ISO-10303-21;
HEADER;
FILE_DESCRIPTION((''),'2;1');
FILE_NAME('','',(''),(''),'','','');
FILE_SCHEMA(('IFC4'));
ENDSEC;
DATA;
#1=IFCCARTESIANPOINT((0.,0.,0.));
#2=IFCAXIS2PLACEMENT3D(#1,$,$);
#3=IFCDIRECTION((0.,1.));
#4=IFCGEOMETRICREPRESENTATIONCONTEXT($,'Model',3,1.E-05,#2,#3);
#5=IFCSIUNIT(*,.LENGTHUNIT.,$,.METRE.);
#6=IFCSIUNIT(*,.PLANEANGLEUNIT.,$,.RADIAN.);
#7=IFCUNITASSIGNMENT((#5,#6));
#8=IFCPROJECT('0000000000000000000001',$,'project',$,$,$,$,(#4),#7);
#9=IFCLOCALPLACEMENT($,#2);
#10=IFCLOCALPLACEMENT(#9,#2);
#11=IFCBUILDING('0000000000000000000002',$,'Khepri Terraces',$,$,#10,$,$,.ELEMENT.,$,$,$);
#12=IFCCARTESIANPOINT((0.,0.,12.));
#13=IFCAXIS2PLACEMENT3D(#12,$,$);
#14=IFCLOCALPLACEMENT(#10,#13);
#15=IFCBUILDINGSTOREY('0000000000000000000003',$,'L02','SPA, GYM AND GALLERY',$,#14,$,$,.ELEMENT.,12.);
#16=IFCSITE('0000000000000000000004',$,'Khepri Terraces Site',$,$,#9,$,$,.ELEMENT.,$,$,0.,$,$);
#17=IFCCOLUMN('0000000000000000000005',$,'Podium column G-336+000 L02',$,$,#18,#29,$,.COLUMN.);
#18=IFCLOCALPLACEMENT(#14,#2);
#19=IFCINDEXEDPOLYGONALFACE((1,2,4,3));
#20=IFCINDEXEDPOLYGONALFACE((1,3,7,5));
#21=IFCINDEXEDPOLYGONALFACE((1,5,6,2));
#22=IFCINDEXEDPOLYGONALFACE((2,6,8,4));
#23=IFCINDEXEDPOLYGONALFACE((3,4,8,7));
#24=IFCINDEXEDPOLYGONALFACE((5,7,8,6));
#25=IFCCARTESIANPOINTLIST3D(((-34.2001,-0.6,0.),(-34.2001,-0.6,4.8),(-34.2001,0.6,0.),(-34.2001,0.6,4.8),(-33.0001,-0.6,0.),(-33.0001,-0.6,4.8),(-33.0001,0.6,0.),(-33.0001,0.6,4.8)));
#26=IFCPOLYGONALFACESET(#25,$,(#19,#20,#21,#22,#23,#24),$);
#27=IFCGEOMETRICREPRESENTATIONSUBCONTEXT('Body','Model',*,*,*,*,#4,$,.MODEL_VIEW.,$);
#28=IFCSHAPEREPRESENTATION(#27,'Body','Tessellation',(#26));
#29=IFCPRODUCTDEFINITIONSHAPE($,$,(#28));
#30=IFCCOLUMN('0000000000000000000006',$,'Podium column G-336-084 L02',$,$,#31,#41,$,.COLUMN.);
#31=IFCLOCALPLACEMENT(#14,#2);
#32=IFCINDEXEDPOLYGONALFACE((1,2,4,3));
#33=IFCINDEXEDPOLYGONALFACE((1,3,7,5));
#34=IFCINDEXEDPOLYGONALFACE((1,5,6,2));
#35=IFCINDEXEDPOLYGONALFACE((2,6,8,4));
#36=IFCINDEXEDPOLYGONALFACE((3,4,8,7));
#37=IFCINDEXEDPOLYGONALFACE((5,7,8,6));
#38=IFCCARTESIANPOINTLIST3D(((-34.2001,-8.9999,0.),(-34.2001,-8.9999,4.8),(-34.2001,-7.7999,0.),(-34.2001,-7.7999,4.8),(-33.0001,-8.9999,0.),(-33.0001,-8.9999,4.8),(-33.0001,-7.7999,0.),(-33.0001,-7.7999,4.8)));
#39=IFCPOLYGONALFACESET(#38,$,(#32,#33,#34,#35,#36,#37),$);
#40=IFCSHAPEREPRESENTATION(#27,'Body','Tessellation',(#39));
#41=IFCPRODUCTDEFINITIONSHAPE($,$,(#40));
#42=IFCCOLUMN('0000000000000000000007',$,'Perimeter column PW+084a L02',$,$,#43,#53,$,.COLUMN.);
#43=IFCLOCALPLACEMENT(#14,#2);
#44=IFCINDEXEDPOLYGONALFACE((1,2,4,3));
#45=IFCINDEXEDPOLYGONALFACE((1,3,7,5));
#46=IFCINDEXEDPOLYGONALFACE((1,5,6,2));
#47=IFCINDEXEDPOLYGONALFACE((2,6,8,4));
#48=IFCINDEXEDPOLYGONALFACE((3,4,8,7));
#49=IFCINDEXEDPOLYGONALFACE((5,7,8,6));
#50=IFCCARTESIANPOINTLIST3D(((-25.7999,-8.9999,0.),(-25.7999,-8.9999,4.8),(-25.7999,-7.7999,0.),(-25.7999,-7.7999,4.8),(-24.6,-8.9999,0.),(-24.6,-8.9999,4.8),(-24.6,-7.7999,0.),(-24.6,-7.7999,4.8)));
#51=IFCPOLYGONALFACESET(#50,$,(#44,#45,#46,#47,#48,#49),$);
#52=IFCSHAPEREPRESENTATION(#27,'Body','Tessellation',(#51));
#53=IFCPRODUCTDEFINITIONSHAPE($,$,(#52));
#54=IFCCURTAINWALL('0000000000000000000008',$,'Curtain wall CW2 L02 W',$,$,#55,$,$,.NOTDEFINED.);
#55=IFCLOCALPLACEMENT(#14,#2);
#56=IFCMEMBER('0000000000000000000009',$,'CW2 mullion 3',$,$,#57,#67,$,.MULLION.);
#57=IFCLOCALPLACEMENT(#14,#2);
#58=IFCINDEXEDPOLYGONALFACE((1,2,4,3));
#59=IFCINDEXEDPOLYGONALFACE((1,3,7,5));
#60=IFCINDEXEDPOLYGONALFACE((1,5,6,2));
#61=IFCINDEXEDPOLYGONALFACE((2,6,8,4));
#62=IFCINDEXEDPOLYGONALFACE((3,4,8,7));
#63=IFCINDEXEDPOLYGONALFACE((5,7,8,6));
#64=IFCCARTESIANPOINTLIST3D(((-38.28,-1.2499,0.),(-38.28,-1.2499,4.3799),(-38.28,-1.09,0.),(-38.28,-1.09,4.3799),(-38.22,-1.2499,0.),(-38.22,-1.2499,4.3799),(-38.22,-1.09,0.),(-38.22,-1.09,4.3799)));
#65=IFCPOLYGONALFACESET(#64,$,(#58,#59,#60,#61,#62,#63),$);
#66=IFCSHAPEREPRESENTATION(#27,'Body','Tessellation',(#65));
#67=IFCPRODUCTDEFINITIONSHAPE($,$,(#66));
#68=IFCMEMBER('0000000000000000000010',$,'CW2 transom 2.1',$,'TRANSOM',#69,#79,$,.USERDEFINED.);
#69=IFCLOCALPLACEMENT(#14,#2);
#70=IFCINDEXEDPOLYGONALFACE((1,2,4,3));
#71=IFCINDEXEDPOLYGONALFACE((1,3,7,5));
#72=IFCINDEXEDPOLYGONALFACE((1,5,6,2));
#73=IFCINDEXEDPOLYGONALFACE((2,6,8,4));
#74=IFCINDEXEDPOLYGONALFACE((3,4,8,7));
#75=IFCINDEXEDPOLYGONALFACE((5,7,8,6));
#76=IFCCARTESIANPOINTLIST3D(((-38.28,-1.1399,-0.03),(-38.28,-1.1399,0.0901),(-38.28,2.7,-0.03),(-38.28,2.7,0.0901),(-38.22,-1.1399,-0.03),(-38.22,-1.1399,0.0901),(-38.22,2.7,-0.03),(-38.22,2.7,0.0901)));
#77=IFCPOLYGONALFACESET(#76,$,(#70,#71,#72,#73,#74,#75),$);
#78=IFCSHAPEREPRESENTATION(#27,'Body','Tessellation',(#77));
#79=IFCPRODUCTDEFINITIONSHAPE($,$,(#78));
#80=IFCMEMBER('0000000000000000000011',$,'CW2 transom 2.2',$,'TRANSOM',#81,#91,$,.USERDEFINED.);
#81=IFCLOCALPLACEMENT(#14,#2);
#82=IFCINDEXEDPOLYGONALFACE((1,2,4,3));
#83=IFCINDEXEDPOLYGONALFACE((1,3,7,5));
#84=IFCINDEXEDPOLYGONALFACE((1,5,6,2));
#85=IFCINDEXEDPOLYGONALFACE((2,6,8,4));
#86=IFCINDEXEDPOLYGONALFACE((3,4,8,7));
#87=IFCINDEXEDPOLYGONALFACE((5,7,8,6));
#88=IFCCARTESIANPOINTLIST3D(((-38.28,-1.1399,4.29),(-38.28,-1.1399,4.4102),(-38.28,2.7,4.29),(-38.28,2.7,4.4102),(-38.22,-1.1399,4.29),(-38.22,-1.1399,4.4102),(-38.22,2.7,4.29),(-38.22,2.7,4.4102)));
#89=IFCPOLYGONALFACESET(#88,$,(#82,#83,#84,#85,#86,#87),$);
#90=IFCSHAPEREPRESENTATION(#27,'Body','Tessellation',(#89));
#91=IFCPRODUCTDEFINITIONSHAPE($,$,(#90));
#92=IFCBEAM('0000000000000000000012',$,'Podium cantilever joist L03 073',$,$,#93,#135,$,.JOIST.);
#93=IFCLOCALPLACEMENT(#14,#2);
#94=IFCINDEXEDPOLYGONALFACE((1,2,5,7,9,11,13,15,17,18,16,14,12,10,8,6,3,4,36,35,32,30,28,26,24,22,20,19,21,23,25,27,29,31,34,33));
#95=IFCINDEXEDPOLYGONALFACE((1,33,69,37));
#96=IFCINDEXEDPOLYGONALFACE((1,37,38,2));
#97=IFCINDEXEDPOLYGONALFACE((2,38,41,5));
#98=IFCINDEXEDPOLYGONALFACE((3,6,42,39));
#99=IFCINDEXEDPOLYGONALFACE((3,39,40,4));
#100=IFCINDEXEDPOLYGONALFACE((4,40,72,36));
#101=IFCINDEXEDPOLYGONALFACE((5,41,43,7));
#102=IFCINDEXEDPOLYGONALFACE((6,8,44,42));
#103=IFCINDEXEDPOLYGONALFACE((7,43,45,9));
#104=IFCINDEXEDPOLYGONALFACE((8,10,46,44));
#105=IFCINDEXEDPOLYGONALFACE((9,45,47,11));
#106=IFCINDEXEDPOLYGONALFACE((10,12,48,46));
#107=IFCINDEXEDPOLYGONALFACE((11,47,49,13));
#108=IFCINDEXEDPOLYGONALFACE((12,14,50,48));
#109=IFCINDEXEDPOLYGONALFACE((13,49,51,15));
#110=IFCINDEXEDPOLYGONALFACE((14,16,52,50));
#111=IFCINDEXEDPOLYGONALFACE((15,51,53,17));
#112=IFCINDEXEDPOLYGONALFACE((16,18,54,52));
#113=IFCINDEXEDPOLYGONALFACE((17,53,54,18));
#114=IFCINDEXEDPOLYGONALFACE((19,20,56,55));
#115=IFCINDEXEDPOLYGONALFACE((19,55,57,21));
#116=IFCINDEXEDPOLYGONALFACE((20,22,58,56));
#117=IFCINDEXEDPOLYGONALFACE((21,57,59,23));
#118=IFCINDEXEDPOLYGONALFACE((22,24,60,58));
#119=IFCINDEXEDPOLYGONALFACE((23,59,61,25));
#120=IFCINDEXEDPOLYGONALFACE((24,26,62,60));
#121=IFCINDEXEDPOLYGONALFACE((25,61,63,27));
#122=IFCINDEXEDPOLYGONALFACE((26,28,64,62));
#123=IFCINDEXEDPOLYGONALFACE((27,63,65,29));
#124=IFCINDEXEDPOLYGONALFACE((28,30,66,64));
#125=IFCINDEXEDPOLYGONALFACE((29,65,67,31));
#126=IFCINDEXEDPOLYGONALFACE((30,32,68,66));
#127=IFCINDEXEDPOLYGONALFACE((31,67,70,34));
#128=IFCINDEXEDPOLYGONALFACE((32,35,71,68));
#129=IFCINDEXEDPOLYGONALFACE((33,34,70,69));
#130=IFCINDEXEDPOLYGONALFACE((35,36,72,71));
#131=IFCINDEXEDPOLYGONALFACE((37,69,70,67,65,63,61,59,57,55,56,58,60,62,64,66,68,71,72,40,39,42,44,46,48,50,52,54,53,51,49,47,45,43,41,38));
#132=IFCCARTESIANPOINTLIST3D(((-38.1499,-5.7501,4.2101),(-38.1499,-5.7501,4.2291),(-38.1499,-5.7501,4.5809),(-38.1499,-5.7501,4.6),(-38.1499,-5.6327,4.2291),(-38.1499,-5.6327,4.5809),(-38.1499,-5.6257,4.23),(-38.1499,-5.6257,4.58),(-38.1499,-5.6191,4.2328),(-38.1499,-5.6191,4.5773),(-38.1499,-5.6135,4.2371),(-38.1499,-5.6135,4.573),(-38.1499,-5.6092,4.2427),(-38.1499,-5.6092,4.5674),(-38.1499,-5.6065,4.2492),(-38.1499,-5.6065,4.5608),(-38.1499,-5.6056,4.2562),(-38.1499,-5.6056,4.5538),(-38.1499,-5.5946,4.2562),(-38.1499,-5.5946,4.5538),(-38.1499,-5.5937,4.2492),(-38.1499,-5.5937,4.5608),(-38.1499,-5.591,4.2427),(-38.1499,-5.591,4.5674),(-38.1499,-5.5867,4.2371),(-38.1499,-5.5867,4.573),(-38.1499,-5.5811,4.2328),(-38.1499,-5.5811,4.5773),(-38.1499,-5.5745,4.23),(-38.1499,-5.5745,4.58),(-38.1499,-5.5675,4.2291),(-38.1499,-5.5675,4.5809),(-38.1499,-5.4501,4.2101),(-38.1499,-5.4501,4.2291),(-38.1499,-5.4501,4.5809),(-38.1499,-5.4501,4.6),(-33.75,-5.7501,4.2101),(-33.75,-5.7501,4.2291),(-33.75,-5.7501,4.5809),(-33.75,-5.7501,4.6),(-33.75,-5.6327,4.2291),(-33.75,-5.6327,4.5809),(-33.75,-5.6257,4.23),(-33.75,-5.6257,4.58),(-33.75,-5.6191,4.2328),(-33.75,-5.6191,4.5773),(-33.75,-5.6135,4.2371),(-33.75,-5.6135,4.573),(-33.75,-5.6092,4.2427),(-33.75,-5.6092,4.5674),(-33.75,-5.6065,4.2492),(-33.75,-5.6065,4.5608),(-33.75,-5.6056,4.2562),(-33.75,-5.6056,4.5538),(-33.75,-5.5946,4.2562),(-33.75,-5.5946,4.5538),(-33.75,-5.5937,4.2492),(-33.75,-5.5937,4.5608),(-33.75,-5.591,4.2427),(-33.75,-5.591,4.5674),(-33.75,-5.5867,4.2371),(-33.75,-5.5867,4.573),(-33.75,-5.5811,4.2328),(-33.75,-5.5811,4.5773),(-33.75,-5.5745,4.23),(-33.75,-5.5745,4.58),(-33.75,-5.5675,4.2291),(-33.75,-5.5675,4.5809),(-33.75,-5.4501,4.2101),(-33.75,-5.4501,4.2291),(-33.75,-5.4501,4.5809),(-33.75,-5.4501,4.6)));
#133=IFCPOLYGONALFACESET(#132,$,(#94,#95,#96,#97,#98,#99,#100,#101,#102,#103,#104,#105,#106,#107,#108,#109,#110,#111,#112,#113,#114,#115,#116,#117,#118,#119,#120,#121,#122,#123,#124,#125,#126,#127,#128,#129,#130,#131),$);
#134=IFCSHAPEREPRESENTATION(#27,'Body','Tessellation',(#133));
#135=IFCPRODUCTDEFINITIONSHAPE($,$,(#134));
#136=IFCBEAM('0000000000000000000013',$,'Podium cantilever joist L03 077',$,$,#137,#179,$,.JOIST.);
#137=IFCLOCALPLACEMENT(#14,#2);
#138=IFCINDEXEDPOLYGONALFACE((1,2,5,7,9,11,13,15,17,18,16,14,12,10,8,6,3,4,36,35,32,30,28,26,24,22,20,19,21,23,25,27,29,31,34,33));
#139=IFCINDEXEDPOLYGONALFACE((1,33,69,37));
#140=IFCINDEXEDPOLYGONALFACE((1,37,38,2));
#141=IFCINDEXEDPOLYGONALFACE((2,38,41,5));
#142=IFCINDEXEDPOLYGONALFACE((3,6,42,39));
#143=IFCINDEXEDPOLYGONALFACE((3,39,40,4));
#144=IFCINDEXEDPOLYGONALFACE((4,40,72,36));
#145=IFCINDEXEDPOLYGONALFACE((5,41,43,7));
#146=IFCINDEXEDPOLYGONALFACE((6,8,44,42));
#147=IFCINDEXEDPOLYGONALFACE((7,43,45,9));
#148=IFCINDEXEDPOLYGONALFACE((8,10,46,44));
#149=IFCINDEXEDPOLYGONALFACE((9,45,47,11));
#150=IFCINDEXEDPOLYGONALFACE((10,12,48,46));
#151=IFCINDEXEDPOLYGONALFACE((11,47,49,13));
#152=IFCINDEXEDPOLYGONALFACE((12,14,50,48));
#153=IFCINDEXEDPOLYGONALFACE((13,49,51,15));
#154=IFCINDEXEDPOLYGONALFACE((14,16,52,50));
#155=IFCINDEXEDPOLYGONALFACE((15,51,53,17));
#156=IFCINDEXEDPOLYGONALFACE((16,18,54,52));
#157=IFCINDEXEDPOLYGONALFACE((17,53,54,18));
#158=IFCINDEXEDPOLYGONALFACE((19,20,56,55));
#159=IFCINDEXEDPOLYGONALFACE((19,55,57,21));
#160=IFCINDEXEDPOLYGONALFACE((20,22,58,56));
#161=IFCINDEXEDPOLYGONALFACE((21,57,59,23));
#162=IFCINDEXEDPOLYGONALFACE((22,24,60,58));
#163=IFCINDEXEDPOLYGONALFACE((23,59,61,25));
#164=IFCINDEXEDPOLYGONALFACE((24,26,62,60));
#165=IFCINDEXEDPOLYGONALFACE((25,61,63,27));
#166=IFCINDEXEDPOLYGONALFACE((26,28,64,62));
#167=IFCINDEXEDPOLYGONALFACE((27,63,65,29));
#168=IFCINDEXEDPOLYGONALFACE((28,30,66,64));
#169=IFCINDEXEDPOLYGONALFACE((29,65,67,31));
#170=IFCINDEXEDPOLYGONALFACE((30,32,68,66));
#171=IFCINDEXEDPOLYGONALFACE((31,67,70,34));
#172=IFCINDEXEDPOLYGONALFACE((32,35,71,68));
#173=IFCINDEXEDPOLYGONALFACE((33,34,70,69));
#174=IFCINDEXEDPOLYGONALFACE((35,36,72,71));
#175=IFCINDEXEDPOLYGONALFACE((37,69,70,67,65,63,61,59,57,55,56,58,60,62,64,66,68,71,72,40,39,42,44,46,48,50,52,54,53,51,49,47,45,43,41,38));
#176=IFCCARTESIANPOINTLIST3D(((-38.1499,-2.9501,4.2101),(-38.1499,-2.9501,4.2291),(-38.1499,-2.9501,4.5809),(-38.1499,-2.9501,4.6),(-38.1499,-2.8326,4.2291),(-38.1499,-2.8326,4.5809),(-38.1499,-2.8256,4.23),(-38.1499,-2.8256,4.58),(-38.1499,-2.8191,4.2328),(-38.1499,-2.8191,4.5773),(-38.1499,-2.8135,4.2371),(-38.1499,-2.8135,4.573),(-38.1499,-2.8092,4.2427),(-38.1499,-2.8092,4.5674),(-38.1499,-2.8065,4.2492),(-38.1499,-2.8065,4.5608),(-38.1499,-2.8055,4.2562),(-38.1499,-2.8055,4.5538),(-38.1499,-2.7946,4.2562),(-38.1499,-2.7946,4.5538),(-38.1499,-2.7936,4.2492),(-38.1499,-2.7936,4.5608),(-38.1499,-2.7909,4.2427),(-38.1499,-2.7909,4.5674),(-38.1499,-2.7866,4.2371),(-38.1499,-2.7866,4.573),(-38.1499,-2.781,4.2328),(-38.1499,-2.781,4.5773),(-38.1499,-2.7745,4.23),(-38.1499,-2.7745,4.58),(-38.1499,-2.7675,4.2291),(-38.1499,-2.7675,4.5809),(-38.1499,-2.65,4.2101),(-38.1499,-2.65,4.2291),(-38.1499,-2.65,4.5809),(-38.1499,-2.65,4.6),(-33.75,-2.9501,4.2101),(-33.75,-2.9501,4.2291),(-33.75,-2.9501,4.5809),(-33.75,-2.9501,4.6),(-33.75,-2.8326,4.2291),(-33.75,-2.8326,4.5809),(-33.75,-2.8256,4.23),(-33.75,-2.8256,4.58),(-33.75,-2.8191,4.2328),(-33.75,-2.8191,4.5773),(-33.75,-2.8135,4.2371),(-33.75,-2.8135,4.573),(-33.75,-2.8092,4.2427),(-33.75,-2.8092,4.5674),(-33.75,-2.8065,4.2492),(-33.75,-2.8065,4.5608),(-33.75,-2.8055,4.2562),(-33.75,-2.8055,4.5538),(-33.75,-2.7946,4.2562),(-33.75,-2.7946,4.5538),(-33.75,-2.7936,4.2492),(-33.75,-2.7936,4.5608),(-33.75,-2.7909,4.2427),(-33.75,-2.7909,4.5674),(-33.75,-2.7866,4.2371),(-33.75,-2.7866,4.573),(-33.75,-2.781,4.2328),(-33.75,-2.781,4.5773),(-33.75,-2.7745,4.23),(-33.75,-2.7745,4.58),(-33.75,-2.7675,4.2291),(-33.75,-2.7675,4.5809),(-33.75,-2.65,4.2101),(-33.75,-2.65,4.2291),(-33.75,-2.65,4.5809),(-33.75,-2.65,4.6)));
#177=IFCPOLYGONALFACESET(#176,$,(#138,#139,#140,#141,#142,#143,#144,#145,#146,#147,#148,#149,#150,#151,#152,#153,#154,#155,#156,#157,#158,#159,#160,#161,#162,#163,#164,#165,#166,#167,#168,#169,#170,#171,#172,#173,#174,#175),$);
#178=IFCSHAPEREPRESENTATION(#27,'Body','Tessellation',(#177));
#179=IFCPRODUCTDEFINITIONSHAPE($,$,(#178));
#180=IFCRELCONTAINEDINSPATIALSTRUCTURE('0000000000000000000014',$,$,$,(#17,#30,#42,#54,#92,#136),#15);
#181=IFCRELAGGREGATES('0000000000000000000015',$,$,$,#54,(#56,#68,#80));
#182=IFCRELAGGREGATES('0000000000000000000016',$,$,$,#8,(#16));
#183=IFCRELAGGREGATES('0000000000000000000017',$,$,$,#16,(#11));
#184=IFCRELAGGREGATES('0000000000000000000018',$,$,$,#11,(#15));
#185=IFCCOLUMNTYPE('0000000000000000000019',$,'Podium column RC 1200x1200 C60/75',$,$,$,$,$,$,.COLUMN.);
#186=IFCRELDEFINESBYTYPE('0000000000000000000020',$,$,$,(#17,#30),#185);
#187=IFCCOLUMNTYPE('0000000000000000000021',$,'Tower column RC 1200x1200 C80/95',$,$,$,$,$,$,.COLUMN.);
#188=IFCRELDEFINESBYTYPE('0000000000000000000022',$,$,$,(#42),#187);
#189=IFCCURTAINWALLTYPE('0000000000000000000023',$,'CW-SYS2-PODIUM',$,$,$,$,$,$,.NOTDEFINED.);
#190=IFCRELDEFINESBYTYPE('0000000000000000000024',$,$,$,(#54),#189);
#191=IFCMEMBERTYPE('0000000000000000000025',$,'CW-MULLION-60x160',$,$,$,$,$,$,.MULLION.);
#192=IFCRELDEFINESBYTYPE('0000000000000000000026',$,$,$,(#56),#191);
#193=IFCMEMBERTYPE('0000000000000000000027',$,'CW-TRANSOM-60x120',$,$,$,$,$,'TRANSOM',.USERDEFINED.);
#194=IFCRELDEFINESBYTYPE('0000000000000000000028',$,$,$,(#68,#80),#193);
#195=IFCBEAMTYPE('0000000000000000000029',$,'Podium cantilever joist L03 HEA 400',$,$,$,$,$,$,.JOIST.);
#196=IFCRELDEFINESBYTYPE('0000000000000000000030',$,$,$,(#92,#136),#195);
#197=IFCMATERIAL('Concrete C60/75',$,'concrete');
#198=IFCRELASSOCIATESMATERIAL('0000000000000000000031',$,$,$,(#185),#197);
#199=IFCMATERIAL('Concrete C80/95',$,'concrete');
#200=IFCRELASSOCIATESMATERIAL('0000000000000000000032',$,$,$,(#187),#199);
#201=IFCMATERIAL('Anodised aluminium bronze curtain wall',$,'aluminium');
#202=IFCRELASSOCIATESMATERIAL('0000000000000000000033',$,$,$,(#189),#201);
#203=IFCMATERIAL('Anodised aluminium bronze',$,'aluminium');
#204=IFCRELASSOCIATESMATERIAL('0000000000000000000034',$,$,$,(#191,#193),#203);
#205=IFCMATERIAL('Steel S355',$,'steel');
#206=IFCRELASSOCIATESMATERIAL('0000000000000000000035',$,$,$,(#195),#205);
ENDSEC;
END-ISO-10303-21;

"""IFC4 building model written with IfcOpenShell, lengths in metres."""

from ifc_helpers import new_model, si_unit, direction, frame, origin, origin_2d, place, context, subcontext, project, spatial, rectangle, i_section, extrude, material, material_profile, profile_set, type_object, element, aggregate, save


model = new_model("IFC4")

# Units and contexts
model_context = context("Model", 3, precision=1e-05, world=origin(), true_north=direction((0.0, 1.0)))
body_context = subcontext(model_context, "Body", "Model", "MODEL_VIEW")
ifc_project = project(units=[si_unit("LENGTHUNIT", "METRE"), si_unit("PLANEANGLEUNIT", "RADIAN")], contexts=[model_context])

# Site, building, storey
site_placement = place(None, origin())
site = spatial("IfcSite", under=ifc_project, at=site_placement, Name="Khepri Terraces Site", CompositionType="ELEMENT", RefElevation=0.0)
building_placement = place(site_placement, origin())
building = spatial("IfcBuilding", under=site, at=building_placement, Name="Khepri Terraces", CompositionType="ELEMENT")
storey_placement = place(building_placement, frame((0.0, 0.0, 12.0)))
storey = spatial("IfcBuildingStorey", under=building, at=storey_placement, Name="L02", Description="SPA, GYM AND GALLERY", CompositionType="ELEMENT", Elevation=12.0)

# Columns
ifc_material_1 = material(Name="Concrete C60/75", Category="concrete")
ifc_material_profile_1 = material_profile(ifc_material_1, rectangle(XDim=1.2, YDim=1.2, at=origin_2d()), Name="Concrete C60/75", Category="concrete")
ifc_profile_set_1 = profile_set([ifc_material_profile_1], Name="Concrete C60/75")
column_type_1 = type_object("IfcColumnType", Name="Podium column RC 1200x1200 C60/75", PredefinedType="COLUMN", material=ifc_profile_set_1)
for number, where, z_axis, x_axis, name in (
    (1, (-33.6001, 0.0, 0.0), (0.0, 0.0, 1.0), (1.0, 0.0, 0.0), "Podium column G-336+000 L02"),
    (2, (-33.6001, -8.3999, 0.0), (0.0, 0.0, 1.0), (1.0, 0.0, 0.0), "Podium column G-336-084 L02"),
):
    element("IfcColumn", number, at=place(storey_placement, frame(where, z_axis=z_axis, x_axis=x_axis)), inside=storey, type_object=column_type_1, Name=name, PredefinedType="COLUMN", context=body_context, shape_type="SweptSolid", body=[
        extrude(rectangle(XDim=1.2, YDim=1.2, at=origin_2d()), origin(), (0.0, 0.0, 1.0), 4.8),
    ])
ifc_material_2 = material(Name="Concrete C80/95", Category="concrete")
ifc_material_profile_2 = material_profile(ifc_material_2, rectangle(XDim=1.2, YDim=1.2, at=origin_2d()), Name="Concrete C80/95", Category="concrete")
ifc_profile_set_2 = profile_set([ifc_material_profile_2], Name="Concrete C80/95")
column_type_2 = type_object("IfcColumnType", Name="Tower column RC 1200x1200 C80/95", PredefinedType="COLUMN", material=ifc_profile_set_2)
column_placement = place(storey_placement, frame((-25.2, -8.3999, 0.0), z_axis=(0.0, 0.0, 1.0), x_axis=(1.0, 0.0, 0.0)))
element("IfcColumn", 3, at=column_placement, inside=storey, type_object=column_type_2, Name="Perimeter column PW+084a L02", PredefinedType="COLUMN", context=body_context, shape_type="SweptSolid", body=[
    extrude(rectangle(XDim=1.2, YDim=1.2, at=origin_2d()), origin(), (0.0, 0.0, 1.0), 4.8),
])

# Curtain wall, members
ifc_material_3 = material(Name="Anodised aluminium bronze curtain wall", Category="aluminium")
curtain_wall_type = type_object("IfcCurtainWallType", Name="CW-SYS2-PODIUM", PredefinedType="NOTDEFINED", material=ifc_material_3)
curtain_wall_placement = place(storey_placement, origin())
curtain_wall = element("IfcCurtainWall", 4, at=curtain_wall_placement, inside=storey, type_object=curtain_wall_type, Name="Curtain wall CW2 L02 W", PredefinedType="NOTDEFINED")
ifc_material_4 = material(Name="Anodised aluminium bronze", Category="aluminium")
ifc_material_profile_3 = material_profile(ifc_material_4, rectangle(XDim=0.0601, YDim=0.1599, at=origin_2d()), Name="Anodised aluminium bronze", Category="aluminium")
ifc_profile_set_3 = profile_set([ifc_material_profile_3], Name="Anodised aluminium bronze")
member_type_1 = type_object("IfcMemberType", Name="CW-MULLION-60x160", PredefinedType="MULLION", material=ifc_profile_set_3)
member_1_placement = place(storey_placement, frame((-38.25, -1.1699, 0.0), z_axis=(0.0, 0.0, 1.0), x_axis=(1.0, 0.0, 0.0)))
member_1 = element("IfcMember", 5, at=member_1_placement, type_object=member_type_1, Name="CW2 mullion 3", PredefinedType="MULLION", context=body_context, shape_type="SweptSolid", body=[
    extrude(rectangle(XDim=0.0601, YDim=0.1599, at=origin_2d()), origin(), (0.0, 0.0, 1.0), 4.3799),
])
ifc_material_profile_4 = material_profile(ifc_material_4, rectangle(XDim=0.0601, YDim=0.1201, at=origin_2d()), Name="Anodised aluminium bronze", Category="aluminium")
ifc_profile_set_4 = profile_set([ifc_material_profile_4], Name="Anodised aluminium bronze")
member_type_2 = type_object("IfcMemberType", Name="CW-TRANSOM-60x120", ElementType="TRANSOM", PredefinedType="USERDEFINED", material=ifc_profile_set_4)
member_2_placement = place(storey_placement, frame((-38.25, 2.7, 0.03), z_axis=(0.0, -1.0, 0.0), x_axis=(1.0, 0.0, 0.0)))
member_2 = element("IfcMember", 6, at=member_2_placement, type_object=member_type_2, Name="CW2 transom 2.1", ObjectType="TRANSOM", PredefinedType="USERDEFINED", context=body_context, shape_type="SweptSolid", body=[
    extrude(rectangle(XDim=0.0601, YDim=0.1201, at=origin_2d()), origin(), (0.0, 0.0, 1.0), 3.8398),
])
member_3_placement = place(storey_placement, frame((-38.25, 2.7, 4.3501), z_axis=(0.0, -1.0, 0.0), x_axis=(1.0, 0.0, 0.0)))
member_3 = element("IfcMember", 7, at=member_3_placement, type_object=member_type_2, Name="CW2 transom 2.2", ObjectType="TRANSOM", PredefinedType="USERDEFINED", context=body_context, shape_type="SweptSolid", body=[
    extrude(rectangle(XDim=0.0601, YDim=0.1201, at=origin_2d()), origin(), (0.0, 0.0, 1.0), 3.8398),
])

# Beams
ifc_material_5 = material(Name="Steel S355", Category="steel")
ifc_material_profile_5 = material_profile(ifc_material_5, i_section(OverallWidth=0.3, OverallDepth=0.3899, WebThickness=0.011, FlangeThickness=0.019, FilletRadius=0.0271, at=origin_2d()), Name="Steel S355", Category="steel")
ifc_profile_set_5 = profile_set([ifc_material_profile_5], Name="Steel S355")
beam_type_1 = type_object("IfcBeamType", Name="Podium cantilever joist L03 HEA 400", PredefinedType="JOIST", material=ifc_profile_set_5)
for number, where, z_axis, x_axis, name in (
    (8, (-38.1499, -5.6001, 4.405), (1.0, 0.0, 0.0), (0.0, 1.0, 0.0), "Podium cantilever joist L03 073"),
    (9, (-38.1499, -2.8, 4.405), (1.0, 0.0, 0.0), (0.0, 1.0, 0.0), "Podium cantilever joist L03 077"),
):
    element("IfcBeam", number, at=place(storey_placement, frame(where, z_axis=z_axis, x_axis=x_axis)), inside=storey, type_object=beam_type_1, Name=name, PredefinedType="JOIST", context=body_context, shape_type="SweptSolid", body=[
        extrude(i_section(OverallWidth=0.3, OverallDepth=0.3899, WebThickness=0.011, FlangeThickness=0.019, FilletRadius=0.0271, at=origin_2d()), origin(), (0.0, 0.0, 1.0), 4.3999),
    ])

aggregate(curtain_wall, [member_1, member_2, member_3])

save(model, "model.ifc")
